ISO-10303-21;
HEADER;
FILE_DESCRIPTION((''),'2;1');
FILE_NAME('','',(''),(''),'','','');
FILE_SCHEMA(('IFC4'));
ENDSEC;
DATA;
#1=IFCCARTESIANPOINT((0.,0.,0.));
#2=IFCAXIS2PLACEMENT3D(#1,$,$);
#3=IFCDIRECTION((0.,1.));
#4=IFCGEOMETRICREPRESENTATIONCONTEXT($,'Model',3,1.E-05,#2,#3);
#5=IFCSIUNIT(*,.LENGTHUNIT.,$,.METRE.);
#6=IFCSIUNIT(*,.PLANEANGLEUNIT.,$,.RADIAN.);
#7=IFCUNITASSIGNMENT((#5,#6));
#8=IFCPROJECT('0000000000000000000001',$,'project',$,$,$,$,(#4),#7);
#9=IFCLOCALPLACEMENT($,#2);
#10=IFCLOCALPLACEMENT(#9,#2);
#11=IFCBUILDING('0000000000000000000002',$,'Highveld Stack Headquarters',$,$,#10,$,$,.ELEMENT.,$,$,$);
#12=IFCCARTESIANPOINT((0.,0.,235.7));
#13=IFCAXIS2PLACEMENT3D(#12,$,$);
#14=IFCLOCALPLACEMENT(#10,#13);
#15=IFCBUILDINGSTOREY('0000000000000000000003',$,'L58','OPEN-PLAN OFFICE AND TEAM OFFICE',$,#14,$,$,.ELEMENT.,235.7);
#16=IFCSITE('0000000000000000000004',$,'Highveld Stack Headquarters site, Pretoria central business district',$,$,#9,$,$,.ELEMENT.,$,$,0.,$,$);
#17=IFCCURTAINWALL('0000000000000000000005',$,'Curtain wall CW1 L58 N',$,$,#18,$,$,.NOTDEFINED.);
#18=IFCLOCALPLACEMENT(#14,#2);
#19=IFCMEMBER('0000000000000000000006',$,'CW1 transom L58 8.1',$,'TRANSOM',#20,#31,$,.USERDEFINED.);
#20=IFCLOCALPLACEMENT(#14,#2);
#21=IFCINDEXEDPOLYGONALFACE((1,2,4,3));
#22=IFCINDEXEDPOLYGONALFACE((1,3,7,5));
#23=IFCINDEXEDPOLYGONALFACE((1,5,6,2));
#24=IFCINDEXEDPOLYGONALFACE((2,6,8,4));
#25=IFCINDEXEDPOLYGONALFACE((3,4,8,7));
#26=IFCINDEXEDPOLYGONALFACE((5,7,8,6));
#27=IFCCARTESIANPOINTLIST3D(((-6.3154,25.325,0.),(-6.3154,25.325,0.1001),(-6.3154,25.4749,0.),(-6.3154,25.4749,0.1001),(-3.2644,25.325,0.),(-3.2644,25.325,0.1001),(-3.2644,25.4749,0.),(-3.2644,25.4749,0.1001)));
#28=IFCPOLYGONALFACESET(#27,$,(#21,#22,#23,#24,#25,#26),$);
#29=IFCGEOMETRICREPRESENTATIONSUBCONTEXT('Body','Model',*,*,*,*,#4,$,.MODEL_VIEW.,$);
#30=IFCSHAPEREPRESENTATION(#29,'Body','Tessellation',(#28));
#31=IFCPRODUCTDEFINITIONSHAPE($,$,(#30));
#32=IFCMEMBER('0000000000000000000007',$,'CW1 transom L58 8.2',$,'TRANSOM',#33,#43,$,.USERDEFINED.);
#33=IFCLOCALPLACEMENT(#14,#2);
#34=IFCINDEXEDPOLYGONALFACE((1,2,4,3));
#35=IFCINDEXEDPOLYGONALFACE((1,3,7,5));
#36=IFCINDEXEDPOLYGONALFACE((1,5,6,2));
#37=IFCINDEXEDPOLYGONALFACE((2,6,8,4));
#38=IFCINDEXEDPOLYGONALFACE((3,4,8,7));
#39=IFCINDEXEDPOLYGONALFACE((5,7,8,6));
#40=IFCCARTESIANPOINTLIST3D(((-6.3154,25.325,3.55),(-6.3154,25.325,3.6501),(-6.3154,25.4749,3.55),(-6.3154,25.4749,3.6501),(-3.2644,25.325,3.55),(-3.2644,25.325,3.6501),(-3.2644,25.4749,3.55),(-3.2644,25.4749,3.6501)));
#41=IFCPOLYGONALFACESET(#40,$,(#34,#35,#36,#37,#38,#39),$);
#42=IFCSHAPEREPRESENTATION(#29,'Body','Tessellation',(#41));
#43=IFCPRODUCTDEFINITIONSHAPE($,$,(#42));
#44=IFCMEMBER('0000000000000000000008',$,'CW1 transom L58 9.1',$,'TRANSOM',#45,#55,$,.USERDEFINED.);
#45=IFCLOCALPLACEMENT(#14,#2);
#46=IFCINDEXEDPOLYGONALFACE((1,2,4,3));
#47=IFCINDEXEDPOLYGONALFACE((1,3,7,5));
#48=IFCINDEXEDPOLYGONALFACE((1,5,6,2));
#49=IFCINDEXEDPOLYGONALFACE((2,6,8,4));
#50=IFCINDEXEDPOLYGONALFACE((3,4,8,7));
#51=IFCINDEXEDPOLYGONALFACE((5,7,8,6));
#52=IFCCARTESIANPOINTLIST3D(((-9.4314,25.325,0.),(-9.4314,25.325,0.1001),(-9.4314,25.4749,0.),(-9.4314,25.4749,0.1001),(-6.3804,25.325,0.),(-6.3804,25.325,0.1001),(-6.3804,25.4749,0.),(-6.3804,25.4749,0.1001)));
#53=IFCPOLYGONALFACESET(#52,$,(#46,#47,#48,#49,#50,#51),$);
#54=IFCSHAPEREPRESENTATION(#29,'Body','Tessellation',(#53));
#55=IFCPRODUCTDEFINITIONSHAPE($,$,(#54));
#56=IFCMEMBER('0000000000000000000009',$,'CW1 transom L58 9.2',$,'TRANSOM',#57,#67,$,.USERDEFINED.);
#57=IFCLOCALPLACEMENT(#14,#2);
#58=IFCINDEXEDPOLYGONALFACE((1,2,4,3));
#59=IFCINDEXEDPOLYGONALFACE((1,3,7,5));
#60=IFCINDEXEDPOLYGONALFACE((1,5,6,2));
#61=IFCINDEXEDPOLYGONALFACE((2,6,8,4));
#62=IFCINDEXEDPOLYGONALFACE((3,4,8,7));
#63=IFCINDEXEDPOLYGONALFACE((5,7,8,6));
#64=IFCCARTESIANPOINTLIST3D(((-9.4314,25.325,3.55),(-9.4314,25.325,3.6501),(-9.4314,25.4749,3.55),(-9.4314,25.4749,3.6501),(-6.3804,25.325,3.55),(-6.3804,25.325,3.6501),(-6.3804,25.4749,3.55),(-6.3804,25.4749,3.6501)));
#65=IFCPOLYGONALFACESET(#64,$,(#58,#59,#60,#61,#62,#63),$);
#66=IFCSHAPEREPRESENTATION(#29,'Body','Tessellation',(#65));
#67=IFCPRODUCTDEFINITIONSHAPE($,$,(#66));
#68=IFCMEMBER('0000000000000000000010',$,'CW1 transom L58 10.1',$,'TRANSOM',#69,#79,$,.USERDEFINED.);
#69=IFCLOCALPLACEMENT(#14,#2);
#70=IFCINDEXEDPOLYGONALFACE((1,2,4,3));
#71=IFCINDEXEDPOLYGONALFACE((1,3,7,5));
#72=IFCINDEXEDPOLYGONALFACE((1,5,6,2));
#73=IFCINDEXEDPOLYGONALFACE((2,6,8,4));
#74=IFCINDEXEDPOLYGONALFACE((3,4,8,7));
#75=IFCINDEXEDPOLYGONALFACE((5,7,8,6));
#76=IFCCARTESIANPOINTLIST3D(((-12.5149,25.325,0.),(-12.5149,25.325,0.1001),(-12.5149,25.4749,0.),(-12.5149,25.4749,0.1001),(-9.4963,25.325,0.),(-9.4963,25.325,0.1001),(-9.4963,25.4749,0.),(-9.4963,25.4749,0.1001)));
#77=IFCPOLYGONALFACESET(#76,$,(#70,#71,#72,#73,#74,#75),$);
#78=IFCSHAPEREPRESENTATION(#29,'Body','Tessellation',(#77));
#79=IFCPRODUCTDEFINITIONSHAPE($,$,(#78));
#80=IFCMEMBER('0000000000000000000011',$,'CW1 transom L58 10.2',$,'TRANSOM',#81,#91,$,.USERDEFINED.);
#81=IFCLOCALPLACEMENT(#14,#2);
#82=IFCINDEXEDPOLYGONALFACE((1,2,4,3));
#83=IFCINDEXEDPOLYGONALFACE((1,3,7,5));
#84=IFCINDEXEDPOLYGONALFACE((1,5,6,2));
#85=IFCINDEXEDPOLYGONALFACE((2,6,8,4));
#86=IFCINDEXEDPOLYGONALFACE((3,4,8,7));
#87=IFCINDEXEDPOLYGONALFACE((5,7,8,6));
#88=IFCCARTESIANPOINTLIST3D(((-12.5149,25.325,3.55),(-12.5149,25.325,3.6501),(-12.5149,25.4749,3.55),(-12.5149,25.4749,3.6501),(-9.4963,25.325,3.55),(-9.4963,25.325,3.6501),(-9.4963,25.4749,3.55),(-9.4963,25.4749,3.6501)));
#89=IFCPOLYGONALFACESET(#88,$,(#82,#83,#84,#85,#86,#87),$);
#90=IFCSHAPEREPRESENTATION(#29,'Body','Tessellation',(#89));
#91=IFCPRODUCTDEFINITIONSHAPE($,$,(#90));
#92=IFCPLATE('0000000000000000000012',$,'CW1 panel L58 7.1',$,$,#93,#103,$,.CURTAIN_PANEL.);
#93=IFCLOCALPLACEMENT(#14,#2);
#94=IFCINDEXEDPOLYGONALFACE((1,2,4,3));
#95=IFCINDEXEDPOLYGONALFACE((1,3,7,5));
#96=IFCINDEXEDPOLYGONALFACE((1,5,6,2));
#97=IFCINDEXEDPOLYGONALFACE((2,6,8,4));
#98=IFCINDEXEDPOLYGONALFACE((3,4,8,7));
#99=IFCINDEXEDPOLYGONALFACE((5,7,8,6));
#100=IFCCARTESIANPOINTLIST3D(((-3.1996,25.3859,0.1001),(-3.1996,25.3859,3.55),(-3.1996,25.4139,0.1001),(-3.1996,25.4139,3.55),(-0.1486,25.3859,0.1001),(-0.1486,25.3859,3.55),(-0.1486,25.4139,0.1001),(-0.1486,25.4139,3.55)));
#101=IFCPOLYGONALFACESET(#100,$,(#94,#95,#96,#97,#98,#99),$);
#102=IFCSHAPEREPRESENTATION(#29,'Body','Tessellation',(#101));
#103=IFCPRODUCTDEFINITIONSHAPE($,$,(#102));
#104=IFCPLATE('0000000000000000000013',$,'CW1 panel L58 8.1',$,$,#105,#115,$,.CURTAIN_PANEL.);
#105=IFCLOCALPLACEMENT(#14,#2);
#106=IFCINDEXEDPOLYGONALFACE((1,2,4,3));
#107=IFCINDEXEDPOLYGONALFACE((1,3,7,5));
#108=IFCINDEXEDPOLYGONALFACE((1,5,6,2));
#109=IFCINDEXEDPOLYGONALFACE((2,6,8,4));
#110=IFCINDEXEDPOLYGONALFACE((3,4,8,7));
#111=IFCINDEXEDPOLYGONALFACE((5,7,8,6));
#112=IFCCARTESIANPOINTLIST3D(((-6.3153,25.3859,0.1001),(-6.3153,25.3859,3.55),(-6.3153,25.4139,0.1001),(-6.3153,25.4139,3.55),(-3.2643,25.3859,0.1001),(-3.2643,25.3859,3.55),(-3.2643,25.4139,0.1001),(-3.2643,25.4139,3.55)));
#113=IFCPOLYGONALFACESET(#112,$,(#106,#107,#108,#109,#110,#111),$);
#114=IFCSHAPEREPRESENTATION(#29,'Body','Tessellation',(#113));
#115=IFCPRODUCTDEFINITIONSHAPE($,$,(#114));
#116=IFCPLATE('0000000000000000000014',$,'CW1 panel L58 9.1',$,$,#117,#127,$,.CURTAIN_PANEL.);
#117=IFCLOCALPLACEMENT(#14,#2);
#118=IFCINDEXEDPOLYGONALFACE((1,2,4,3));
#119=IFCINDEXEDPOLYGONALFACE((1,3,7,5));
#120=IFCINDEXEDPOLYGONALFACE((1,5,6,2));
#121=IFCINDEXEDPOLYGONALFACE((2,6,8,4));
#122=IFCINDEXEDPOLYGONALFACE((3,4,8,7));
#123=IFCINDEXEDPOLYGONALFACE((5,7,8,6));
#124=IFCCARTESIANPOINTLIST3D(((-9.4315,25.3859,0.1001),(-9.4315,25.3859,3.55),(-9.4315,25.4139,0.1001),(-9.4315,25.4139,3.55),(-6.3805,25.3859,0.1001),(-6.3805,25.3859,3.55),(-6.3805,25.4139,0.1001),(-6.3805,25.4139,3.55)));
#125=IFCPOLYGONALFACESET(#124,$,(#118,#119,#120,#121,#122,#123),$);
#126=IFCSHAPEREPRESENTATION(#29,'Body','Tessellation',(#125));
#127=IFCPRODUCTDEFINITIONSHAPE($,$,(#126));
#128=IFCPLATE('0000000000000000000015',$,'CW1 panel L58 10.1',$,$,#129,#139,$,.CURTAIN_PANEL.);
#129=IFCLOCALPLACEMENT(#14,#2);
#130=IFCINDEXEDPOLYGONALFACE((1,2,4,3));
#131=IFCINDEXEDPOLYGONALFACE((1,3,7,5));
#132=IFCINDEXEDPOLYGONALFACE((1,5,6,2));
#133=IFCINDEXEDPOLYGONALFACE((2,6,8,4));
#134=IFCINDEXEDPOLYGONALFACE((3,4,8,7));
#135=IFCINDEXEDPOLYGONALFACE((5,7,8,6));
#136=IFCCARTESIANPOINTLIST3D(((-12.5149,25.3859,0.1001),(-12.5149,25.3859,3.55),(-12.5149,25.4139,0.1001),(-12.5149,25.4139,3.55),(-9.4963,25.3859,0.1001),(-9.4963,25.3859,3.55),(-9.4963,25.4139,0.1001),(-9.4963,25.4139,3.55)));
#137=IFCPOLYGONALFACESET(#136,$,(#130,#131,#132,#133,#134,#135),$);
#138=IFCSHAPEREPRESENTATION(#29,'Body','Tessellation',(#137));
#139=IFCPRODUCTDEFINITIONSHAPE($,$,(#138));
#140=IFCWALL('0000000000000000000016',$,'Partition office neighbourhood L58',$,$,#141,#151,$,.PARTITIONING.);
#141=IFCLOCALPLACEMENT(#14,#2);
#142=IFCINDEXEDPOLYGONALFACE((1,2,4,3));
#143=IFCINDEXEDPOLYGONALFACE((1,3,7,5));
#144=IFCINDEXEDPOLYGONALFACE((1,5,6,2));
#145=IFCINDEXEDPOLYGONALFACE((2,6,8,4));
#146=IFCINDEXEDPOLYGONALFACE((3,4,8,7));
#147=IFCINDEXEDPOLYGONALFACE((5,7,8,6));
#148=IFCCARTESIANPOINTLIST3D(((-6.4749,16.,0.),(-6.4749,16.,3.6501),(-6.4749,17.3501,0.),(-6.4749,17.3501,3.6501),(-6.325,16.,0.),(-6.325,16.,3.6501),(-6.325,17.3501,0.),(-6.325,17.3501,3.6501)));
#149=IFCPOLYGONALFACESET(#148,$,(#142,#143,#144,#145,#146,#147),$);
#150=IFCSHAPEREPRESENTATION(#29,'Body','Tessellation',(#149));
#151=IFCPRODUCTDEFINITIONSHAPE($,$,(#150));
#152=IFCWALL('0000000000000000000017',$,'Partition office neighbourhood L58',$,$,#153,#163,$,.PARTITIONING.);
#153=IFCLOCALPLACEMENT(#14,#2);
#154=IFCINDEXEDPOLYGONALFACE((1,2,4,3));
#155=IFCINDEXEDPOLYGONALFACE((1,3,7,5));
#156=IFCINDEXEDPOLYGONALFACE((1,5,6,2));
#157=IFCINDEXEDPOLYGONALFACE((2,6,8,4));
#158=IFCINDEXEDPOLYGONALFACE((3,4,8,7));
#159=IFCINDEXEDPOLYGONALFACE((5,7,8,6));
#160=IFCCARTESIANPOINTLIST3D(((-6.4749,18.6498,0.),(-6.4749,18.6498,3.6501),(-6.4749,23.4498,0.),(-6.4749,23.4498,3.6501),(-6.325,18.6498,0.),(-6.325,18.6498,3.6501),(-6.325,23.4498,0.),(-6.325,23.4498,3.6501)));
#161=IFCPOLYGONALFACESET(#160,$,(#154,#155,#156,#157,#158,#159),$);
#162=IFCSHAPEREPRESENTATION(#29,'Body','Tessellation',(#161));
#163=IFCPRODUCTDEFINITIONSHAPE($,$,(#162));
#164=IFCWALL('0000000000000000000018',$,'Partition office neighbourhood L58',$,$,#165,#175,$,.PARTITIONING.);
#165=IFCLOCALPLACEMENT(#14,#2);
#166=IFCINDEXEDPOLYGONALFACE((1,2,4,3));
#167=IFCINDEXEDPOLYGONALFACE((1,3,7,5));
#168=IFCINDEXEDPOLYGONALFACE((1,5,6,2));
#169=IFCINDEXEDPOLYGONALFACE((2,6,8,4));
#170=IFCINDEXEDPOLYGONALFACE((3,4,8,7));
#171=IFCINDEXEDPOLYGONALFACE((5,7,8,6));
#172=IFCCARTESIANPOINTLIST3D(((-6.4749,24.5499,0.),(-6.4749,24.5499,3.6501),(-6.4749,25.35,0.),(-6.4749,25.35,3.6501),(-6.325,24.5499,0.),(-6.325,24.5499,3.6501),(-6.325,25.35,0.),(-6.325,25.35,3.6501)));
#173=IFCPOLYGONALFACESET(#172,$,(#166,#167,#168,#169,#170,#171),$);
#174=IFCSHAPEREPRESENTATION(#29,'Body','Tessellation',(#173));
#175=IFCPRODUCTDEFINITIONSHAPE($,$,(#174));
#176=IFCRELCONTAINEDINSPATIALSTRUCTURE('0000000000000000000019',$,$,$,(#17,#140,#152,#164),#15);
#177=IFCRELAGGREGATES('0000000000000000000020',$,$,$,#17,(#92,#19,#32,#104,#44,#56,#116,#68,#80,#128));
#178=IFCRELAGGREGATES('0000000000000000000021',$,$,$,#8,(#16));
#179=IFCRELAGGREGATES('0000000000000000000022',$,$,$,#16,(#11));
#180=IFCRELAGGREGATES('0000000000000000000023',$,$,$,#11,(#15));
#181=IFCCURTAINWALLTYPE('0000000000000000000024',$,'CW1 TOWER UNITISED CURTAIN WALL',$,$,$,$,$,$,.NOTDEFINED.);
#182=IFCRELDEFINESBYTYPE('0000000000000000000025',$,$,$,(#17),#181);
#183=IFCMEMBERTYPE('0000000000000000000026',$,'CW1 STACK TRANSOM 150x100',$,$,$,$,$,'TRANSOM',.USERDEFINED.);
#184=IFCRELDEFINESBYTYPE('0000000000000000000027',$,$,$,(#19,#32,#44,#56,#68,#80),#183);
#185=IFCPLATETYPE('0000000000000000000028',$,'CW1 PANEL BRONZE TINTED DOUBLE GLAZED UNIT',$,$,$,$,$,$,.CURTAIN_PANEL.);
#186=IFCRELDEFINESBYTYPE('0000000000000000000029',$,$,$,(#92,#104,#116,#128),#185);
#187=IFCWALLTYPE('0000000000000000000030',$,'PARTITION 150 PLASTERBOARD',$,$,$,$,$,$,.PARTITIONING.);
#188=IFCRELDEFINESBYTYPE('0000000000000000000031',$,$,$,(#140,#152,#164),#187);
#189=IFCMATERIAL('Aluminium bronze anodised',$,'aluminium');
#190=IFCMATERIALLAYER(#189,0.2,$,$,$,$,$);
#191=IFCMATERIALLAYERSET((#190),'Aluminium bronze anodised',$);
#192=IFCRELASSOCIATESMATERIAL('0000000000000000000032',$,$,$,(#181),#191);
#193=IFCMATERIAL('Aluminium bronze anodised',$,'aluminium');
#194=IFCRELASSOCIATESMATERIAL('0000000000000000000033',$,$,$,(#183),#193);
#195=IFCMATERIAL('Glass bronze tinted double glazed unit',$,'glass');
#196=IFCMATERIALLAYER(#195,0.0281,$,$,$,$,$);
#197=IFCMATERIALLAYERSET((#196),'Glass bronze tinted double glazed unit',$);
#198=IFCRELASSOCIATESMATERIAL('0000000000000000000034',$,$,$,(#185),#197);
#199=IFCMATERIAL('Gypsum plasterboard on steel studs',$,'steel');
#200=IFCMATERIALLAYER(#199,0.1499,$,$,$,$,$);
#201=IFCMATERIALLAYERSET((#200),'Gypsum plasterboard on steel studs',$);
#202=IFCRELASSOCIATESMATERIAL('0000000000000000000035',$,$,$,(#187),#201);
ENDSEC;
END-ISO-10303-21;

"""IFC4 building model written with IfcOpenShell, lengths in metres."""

from ifc_helpers import new_model, si_unit, direction, frame, frame_2d, origin, origin_2d, place, context, subcontext, project, spatial, rectangle, extrude, material, layer, layer_set, material_profile, profile_set, type_object, element, aggregate, save


model = new_model("IFC4")

# Units and contexts
model_context = context("Model", 3, precision=1e-05, world=origin(), true_north=direction((0.0, 1.0)))
body_context = subcontext(model_context, "Body", "Model", "MODEL_VIEW")
ifc_project = project(units=[si_unit("LENGTHUNIT", "METRE"), si_unit("PLANEANGLEUNIT", "RADIAN")], contexts=[model_context])

# Site, building, storey
site_placement = place(None, origin())
site = spatial("IfcSite", under=ifc_project, at=site_placement, Name="Highveld Stack Headquarters site, Pretoria central business district", CompositionType="ELEMENT", RefElevation=0.0)
building_placement = place(site_placement, origin())
building = spatial("IfcBuilding", under=site, at=building_placement, Name="Highveld Stack Headquarters", CompositionType="ELEMENT")
storey_placement = place(building_placement, frame((0.0, 0.0, 235.7)))
storey = spatial("IfcBuildingStorey", under=building, at=storey_placement, Name="L58", Description="OPEN-PLAN OFFICE AND TEAM OFFICE", CompositionType="ELEMENT", Elevation=235.7)

# Curtain wall, members, plates
ifc_material_1 = material(Name="Aluminium bronze anodised", Category="aluminium")
ifc_layer_1 = layer(ifc_material_1, 0.2)
ifc_layer_set_1 = layer_set([ifc_layer_1], Name="Aluminium bronze anodised")
curtain_wall_type = type_object("IfcCurtainWallType", Name="CW1 TOWER UNITISED CURTAIN WALL", PredefinedType="NOTDEFINED", material=ifc_layer_set_1)
curtain_wall_placement = place(storey_placement, origin())
curtain_wall = element("IfcCurtainWall", 1, at=curtain_wall_placement, inside=storey, type_object=curtain_wall_type, Name="Curtain wall CW1 L58 N", PredefinedType="NOTDEFINED")
ifc_material_2 = material(Name="Aluminium bronze anodised", Category="aluminium")
ifc_material_profile_1 = material_profile(ifc_material_2, rectangle(XDim=0.1499, YDim=0.1001, at=origin_2d()), Name="CW1 TRANSOM 150x100")
ifc_profile_set_1 = profile_set([ifc_material_profile_1], Name="Aluminium bronze anodised")
member_type_1 = type_object("IfcMemberType", Name="CW1 STACK TRANSOM 150x100", ElementType="TRANSOM", PredefinedType="USERDEFINED", material=ifc_profile_set_1)
member_1_placement = place(storey_placement, frame((-3.2644, 25.3999, 0.05), z_axis=(-1.0, 0.0, 0.0), x_axis=(0.0, -1.0, 0.0)))
member_1 = element("IfcMember", 2, at=member_1_placement, type_object=member_type_1, Name="CW1 transom L58 8.1", ObjectType="TRANSOM", PredefinedType="USERDEFINED", context=body_context, shape_type="SweptSolid", body=[
    extrude(rectangle(XDim=0.1499, YDim=0.1001, at=origin_2d()), origin(), (0.0, 0.0, 1.0), 3.051),
])
member_2_placement = place(storey_placement, frame((-3.2644, 25.3999, 3.6001), z_axis=(-1.0, 0.0, 0.0), x_axis=(0.0, -1.0, 0.0)))
member_2 = element("IfcMember", 3, at=member_2_placement, type_object=member_type_1, Name="CW1 transom L58 8.2", ObjectType="TRANSOM", PredefinedType="USERDEFINED", context=body_context, shape_type="SweptSolid", body=[
    extrude(rectangle(XDim=0.1499, YDim=0.1001, at=origin_2d()), origin(), (0.0, 0.0, 1.0), 3.051),
])
member_3_placement = place(storey_placement, frame((-6.3804, 25.3999, 0.05), z_axis=(-1.0, 0.0, 0.0), x_axis=(0.0, -1.0, 0.0)))
member_3 = element("IfcMember", 4, at=member_3_placement, type_object=member_type_1, Name="CW1 transom L58 9.1", ObjectType="TRANSOM", PredefinedType="USERDEFINED", context=body_context, shape_type="SweptSolid", body=[
    extrude(rectangle(XDim=0.1499, YDim=0.1001, at=origin_2d()), origin(), (0.0, 0.0, 1.0), 3.051),
])
member_4_placement = place(storey_placement, frame((-6.3804, 25.3999, 3.6001), z_axis=(-1.0, 0.0, 0.0), x_axis=(0.0, -1.0, 0.0)))
member_4 = element("IfcMember", 5, at=member_4_placement, type_object=member_type_1, Name="CW1 transom L58 9.2", ObjectType="TRANSOM", PredefinedType="USERDEFINED", context=body_context, shape_type="SweptSolid", body=[
    extrude(rectangle(XDim=0.1499, YDim=0.1001, at=origin_2d()), origin(), (0.0, 0.0, 1.0), 3.051),
])
member_5_placement = place(storey_placement, frame((-9.4963, 25.3999, 0.05), z_axis=(-1.0, 0.0, 0.0), x_axis=(0.0, -1.0, 0.0)))
member_5 = element("IfcMember", 6, at=member_5_placement, type_object=member_type_1, Name="CW1 transom L58 10.1", ObjectType="TRANSOM", PredefinedType="USERDEFINED", context=body_context, shape_type="SweptSolid", body=[
    extrude(rectangle(XDim=0.1499, YDim=0.1001, at=origin_2d()), origin(), (0.0, 0.0, 1.0), 3.0186),
])
member_6_placement = place(storey_placement, frame((-9.4963, 25.3999, 3.6001), z_axis=(-1.0, 0.0, 0.0), x_axis=(0.0, -1.0, 0.0)))
member_6 = element("IfcMember", 7, at=member_6_placement, type_object=member_type_1, Name="CW1 transom L58 10.2", ObjectType="TRANSOM", PredefinedType="USERDEFINED", context=body_context, shape_type="SweptSolid", body=[
    extrude(rectangle(XDim=0.1499, YDim=0.1001, at=origin_2d()), origin(), (0.0, 0.0, 1.0), 3.0186),
])
ifc_material_3 = material(Name="Glass bronze tinted double glazed unit", Category="glass")
ifc_layer_2 = layer(ifc_material_3, 0.0281)
ifc_layer_set_2 = layer_set([ifc_layer_2], Name="Glass bronze tinted double glazed unit")
plate_type = type_object("IfcPlateType", Name="CW1 PANEL BRONZE TINTED DOUBLE GLAZED UNIT", PredefinedType="CURTAIN_PANEL", material=ifc_layer_set_2)
plate_1_placement = place(storey_placement, frame((-1.6741, 25.3999, 0.1001), z_axis=(0.0, 0.0, 1.0), x_axis=(-1.0, 0.0, 0.0)))
plate_1 = element("IfcPlate", 8, at=plate_1_placement, type_object=plate_type, Name="CW1 panel L58 7.1", PredefinedType="CURTAIN_PANEL", context=body_context, shape_type="SweptSolid", body=[
    extrude(rectangle(XDim=3.051, YDim=0.0281, at=origin_2d()), origin(), (0.0, 0.0, 1.0), 3.45),
])
plate_2_placement = place(storey_placement, frame((-4.7898, 25.3999, 0.1001), z_axis=(0.0, 0.0, 1.0), x_axis=(-1.0, 0.0, 0.0)))
plate_2 = element("IfcPlate", 9, at=plate_2_placement, type_object=plate_type, Name="CW1 panel L58 8.1", PredefinedType="CURTAIN_PANEL", context=body_context, shape_type="SweptSolid", body=[
    extrude(rectangle(XDim=3.051, YDim=0.0281, at=origin_2d()), origin(), (0.0, 0.0, 1.0), 3.45),
])
plate_3_placement = place(storey_placement, frame((-7.906, 25.3999, 0.1001), z_axis=(0.0, 0.0, 1.0), x_axis=(-1.0, 0.0, 0.0)))
plate_3 = element("IfcPlate", 10, at=plate_3_placement, type_object=plate_type, Name="CW1 panel L58 9.1", PredefinedType="CURTAIN_PANEL", context=body_context, shape_type="SweptSolid", body=[
    extrude(rectangle(XDim=3.051, YDim=0.0281, at=origin_2d()), origin(), (0.0, 0.0, 1.0), 3.45),
])
plate_4_placement = place(storey_placement, frame((-11.0056, 25.3999, 0.1001), z_axis=(0.0, 0.0, 1.0), x_axis=(-1.0, 0.0, 0.0)))
plate_4 = element("IfcPlate", 11, at=plate_4_placement, type_object=plate_type, Name="CW1 panel L58 10.1", PredefinedType="CURTAIN_PANEL", context=body_context, shape_type="SweptSolid", body=[
    extrude(rectangle(XDim=3.0186, YDim=0.0281, at=origin_2d()), origin(), (0.0, 0.0, 1.0), 3.45),
])
aggregate(curtain_wall, [plate_1, member_1, member_2, plate_2, member_3, member_4, plate_3, member_5, member_6, plate_4])

# Walls
ifc_material_4 = material(Name="Gypsum plasterboard on steel studs", Category="steel")
ifc_layer_3 = layer(ifc_material_4, 0.1499)
ifc_layer_set_3 = layer_set([ifc_layer_3], Name="Gypsum plasterboard on steel studs")
wall_type = type_object("IfcWallType", Name="PARTITION 150 PLASTERBOARD", PredefinedType="PARTITIONING", material=ifc_layer_set_3)
wall_1_placement = place(storey_placement, frame((-6.3999, 16.0, 0.0), z_axis=(0.0, 0.0, 1.0), x_axis=(0.0, 1.0, 0.0)))
element("IfcWall", 12, at=wall_1_placement, inside=storey, type_object=wall_type, Name="Partition office neighbourhood L58", PredefinedType="PARTITIONING", context=body_context, shape_type="SweptSolid", body=[
    extrude(rectangle(XDim=1.3501, YDim=0.1499, at=frame_2d((0.675, 0.0))), origin(), (0.0, 0.0, 1.0), 3.6501),
])
wall_2_placement = place(storey_placement, frame((-6.3999, 18.6499, 0.0), z_axis=(0.0, 0.0, 1.0), x_axis=(0.0, 1.0, 0.0)))
element("IfcWall", 13, at=wall_2_placement, inside=storey, type_object=wall_type, Name="Partition office neighbourhood L58", PredefinedType="PARTITIONING", context=body_context, shape_type="SweptSolid", body=[
    extrude(rectangle(XDim=4.8, YDim=0.1499, at=frame_2d((2.3999, 0.0))), origin(), (0.0, 0.0, 1.0), 3.6501),
])
wall_3_placement = place(storey_placement, frame((-6.3999, 24.55, 0.0), z_axis=(0.0, 0.0, 1.0), x_axis=(0.0, 1.0, 0.0)))
element("IfcWall", 14, at=wall_3_placement, inside=storey, type_object=wall_type, Name="Partition office neighbourhood L58", PredefinedType="PARTITIONING", context=body_context, shape_type="SweptSolid", body=[
    extrude(rectangle(XDim=0.8, YDim=0.1499, at=frame_2d((0.3999, 0.0))), origin(), (0.0, 0.0, 1.0), 3.6501),
])

save(model, "model.ifc")
